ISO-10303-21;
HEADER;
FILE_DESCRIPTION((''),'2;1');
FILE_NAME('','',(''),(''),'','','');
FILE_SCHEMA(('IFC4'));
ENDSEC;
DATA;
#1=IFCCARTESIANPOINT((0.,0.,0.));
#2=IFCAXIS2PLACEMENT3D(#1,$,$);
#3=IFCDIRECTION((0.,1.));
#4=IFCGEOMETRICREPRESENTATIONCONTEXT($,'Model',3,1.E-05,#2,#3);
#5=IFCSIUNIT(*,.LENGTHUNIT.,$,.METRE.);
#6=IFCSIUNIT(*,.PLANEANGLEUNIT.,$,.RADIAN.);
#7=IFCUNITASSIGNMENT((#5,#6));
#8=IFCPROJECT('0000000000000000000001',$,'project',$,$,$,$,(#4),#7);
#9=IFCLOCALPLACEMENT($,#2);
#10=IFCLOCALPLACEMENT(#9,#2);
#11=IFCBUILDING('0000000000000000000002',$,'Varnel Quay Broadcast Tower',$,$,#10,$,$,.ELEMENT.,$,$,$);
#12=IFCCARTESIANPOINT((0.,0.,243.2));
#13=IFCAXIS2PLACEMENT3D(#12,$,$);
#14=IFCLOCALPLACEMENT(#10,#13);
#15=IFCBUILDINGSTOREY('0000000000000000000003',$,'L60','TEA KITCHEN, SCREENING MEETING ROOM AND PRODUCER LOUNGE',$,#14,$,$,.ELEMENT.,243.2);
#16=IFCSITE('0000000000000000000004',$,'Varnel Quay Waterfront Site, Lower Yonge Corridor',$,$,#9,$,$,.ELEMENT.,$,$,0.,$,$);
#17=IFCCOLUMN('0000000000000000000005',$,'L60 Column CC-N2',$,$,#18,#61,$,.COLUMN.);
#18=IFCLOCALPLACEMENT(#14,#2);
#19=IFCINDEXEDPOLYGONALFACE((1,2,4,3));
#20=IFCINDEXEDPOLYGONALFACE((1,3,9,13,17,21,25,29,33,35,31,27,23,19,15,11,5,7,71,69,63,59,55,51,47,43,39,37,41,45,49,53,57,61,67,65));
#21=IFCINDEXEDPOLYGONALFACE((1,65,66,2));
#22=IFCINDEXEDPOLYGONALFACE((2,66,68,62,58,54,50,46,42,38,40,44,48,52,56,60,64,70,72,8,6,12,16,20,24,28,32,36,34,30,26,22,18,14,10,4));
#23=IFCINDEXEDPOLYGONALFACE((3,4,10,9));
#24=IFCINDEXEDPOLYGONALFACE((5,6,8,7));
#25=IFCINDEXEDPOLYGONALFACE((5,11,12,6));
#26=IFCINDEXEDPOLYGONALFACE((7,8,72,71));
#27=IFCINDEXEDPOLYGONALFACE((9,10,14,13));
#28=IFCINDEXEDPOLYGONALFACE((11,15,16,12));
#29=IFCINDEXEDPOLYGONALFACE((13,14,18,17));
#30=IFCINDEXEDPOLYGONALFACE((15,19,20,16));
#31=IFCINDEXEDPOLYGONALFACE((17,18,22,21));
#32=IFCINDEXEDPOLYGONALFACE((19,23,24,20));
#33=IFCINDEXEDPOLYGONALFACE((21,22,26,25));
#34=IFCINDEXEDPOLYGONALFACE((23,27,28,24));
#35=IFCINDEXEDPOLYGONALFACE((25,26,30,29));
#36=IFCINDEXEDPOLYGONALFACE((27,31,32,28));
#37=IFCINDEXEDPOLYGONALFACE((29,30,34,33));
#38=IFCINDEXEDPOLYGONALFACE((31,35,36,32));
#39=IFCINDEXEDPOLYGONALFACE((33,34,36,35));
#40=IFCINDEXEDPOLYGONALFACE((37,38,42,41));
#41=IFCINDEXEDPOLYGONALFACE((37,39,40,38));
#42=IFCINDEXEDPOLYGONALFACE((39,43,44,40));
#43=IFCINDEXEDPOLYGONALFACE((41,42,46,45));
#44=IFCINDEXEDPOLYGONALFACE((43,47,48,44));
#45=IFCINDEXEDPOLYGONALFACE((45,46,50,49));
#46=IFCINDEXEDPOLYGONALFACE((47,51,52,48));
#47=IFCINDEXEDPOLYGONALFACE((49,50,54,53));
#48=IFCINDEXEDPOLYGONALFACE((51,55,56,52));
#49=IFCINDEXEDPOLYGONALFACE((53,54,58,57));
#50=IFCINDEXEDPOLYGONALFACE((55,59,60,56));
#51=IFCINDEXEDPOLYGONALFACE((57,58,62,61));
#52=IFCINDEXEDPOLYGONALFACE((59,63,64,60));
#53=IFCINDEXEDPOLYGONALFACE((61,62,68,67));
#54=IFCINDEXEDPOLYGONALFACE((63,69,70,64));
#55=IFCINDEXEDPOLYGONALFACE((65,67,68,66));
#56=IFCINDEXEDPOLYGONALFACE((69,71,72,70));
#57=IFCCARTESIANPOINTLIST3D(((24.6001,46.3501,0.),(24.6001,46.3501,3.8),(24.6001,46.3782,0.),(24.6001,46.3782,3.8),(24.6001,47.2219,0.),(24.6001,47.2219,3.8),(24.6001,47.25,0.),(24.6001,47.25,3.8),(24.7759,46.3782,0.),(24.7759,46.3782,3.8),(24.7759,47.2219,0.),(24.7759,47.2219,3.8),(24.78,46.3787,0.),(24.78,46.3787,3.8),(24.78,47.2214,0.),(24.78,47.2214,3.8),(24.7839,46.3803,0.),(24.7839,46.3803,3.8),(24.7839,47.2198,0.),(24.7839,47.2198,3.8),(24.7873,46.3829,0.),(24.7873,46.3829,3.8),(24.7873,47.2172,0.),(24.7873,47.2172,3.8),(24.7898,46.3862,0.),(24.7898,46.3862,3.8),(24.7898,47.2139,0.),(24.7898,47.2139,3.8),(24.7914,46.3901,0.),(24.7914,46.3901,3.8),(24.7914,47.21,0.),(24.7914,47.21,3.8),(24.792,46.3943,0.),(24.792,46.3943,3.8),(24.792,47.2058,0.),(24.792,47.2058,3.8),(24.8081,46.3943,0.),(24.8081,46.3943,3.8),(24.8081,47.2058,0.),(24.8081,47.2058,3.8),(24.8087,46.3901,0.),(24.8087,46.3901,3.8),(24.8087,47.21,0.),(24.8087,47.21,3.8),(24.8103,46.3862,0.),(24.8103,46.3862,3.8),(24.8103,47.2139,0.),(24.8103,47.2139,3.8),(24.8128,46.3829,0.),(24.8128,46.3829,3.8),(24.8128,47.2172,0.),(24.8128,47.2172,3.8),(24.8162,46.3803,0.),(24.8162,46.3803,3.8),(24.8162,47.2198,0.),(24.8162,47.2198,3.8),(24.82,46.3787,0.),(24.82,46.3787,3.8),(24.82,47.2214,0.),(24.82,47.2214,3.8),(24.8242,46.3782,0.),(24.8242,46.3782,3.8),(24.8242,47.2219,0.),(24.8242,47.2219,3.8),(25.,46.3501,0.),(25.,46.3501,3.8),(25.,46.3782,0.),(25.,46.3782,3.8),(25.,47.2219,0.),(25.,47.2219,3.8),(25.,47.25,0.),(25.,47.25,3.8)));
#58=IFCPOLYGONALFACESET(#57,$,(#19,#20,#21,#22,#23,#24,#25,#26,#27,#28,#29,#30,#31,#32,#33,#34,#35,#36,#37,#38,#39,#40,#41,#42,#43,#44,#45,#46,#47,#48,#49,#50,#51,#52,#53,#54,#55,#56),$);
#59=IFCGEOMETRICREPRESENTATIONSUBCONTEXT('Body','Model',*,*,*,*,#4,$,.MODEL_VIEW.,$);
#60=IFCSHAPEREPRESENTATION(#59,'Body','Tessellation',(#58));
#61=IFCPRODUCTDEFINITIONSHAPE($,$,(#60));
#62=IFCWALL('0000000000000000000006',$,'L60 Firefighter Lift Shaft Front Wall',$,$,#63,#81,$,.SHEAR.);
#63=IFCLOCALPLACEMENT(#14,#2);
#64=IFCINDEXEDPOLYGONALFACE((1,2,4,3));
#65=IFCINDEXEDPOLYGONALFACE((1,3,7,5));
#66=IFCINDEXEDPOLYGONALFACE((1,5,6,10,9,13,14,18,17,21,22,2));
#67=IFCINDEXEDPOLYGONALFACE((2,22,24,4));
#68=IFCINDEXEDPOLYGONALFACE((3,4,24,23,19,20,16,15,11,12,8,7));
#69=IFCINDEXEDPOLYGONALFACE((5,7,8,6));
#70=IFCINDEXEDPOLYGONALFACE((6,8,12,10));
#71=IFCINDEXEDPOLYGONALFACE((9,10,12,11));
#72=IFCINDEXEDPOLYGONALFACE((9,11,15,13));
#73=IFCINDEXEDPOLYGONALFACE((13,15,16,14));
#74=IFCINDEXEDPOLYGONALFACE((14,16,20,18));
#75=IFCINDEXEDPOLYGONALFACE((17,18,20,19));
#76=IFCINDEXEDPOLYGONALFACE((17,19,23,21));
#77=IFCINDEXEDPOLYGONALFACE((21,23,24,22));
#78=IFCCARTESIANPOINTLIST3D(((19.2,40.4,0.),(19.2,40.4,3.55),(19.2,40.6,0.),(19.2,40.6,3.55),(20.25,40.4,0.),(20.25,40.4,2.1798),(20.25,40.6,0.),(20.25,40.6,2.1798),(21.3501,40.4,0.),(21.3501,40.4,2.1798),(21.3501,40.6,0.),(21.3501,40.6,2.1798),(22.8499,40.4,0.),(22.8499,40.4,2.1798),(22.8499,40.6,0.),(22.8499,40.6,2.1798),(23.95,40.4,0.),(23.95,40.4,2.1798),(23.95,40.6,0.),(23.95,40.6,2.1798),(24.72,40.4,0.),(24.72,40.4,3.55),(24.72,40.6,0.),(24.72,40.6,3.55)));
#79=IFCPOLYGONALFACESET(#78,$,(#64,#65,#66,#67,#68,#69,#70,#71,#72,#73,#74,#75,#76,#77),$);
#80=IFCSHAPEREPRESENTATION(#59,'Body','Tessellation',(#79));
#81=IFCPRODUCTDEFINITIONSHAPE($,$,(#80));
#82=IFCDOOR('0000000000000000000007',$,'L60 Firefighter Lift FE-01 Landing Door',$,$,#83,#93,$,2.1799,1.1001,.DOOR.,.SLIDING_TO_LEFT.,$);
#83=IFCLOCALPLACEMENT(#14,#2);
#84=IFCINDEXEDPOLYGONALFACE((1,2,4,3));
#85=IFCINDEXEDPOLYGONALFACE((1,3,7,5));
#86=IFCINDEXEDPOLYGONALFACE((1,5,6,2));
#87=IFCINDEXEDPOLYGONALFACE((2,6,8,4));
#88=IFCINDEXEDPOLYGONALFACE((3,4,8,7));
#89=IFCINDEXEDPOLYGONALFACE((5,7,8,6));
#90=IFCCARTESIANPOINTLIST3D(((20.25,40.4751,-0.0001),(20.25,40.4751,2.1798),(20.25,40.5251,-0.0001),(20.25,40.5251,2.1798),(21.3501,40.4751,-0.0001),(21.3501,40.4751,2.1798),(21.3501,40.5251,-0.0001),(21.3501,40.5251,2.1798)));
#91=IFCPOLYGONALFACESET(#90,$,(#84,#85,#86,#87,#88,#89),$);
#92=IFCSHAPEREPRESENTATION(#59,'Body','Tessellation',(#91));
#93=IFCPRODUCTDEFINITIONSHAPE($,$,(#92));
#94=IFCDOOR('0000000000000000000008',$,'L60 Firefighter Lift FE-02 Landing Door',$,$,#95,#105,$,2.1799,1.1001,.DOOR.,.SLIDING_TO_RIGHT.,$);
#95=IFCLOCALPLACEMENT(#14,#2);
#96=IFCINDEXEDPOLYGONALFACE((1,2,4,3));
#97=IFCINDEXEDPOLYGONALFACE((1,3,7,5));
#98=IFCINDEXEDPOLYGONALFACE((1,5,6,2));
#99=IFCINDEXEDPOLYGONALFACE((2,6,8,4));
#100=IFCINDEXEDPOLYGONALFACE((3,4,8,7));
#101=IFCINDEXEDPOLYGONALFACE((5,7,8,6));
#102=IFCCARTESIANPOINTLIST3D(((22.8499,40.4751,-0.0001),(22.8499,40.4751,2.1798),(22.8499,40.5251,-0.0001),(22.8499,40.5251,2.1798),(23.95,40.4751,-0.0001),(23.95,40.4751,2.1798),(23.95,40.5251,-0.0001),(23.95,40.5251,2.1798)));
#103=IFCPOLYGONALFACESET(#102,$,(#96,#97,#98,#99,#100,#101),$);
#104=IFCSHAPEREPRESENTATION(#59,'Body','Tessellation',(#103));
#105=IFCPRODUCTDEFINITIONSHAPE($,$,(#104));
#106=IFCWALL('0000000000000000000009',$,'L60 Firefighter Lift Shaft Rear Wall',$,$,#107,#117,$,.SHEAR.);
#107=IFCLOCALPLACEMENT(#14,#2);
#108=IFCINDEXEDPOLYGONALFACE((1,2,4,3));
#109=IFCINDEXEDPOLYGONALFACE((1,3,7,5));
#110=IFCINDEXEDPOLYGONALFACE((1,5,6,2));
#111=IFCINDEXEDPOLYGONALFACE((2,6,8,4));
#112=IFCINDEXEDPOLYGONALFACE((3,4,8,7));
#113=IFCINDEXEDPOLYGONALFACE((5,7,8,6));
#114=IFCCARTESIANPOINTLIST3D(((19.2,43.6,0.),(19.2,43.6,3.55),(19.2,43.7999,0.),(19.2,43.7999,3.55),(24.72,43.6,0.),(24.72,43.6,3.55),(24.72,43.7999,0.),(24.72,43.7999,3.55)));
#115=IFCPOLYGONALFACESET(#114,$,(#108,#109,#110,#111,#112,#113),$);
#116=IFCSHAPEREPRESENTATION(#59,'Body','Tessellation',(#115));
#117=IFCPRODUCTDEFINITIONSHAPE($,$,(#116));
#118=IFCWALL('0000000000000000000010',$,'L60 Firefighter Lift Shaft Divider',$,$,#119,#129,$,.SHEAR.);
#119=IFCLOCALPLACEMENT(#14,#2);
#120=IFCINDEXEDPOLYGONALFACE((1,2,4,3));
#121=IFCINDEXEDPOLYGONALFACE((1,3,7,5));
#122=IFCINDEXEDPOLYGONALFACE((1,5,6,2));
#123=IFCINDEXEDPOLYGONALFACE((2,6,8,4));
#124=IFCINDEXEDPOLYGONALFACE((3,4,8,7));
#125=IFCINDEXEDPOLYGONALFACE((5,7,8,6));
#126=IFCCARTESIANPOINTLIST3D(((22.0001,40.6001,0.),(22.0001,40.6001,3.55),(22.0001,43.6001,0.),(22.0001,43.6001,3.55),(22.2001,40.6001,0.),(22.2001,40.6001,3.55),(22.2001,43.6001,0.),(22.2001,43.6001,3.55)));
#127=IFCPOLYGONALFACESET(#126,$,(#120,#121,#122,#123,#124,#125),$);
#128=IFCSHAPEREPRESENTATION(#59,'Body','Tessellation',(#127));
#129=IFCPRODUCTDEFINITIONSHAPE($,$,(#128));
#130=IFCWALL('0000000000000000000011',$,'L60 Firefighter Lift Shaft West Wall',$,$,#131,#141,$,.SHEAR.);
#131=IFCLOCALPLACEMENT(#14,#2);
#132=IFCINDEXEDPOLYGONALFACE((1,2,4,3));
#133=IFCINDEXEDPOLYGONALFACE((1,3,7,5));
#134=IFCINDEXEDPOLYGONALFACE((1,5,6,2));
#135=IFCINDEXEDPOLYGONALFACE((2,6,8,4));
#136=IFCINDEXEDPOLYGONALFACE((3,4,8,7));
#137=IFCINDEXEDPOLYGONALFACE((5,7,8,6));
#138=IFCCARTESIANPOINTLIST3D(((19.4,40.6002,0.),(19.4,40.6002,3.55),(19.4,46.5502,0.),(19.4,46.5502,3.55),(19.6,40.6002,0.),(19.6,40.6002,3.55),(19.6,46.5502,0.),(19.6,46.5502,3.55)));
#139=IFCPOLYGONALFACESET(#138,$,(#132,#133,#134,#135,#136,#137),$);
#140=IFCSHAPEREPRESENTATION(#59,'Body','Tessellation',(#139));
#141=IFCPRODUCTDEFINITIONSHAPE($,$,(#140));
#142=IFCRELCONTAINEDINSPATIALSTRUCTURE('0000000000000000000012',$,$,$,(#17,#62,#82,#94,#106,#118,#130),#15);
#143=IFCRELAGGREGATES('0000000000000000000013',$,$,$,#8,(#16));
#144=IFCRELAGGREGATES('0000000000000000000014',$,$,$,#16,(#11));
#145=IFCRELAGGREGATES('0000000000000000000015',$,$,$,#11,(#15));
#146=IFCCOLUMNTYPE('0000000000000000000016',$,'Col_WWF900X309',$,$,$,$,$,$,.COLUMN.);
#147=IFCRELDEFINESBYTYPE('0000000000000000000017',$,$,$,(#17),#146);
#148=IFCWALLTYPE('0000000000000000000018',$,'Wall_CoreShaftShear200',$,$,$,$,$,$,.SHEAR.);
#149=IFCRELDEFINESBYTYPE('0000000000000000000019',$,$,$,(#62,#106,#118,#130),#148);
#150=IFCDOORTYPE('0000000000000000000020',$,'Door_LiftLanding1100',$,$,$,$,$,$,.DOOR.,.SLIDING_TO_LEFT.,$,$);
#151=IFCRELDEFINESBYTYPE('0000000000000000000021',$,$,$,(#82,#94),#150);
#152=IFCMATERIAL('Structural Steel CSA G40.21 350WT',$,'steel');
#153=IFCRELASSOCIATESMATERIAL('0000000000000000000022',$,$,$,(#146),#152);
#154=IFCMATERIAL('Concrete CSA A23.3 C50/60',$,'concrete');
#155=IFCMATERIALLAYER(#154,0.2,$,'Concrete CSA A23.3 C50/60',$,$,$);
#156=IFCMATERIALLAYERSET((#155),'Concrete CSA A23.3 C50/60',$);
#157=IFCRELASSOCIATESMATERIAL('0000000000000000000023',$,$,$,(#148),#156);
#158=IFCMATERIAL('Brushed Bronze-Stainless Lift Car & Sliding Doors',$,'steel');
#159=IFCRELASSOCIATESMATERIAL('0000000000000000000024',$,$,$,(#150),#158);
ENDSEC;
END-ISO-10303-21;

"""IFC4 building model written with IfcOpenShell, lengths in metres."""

from ifc_helpers import new_model, si_unit, direction, frame, frame_2d, origin, origin_2d, place, context, subcontext, project, spatial, rectangle, i_section, extrude, source, transform, mapped, material, layer, layer_set, material_profile, profile_set, type_object, type_shapes, element, fill, save


model = new_model("IFC4")

# Units and contexts
model_context = context("Model", 3, precision=1e-05, world=origin(), true_north=direction((0.0, 1.0)))
body_context = subcontext(model_context, "Body", "Model", "MODEL_VIEW")
ifc_project = project(units=[si_unit("LENGTHUNIT", "METRE"), si_unit("PLANEANGLEUNIT", "RADIAN")], contexts=[model_context])

# Site, building, storey
site_placement = place(None, origin())
site = spatial("IfcSite", under=ifc_project, at=site_placement, Name="Varnel Quay Waterfront Site, Lower Yonge Corridor", CompositionType="ELEMENT", RefElevation=0.0)
building_placement = place(site_placement, origin())
building = spatial("IfcBuilding", under=site, at=building_placement, Name="Varnel Quay Broadcast Tower", CompositionType="ELEMENT")
storey_placement = place(building_placement, frame((0.0, 0.0, 243.2)))
storey = spatial("IfcBuildingStorey", under=building, at=storey_placement, Name="L60", Description="TEA KITCHEN, SCREENING MEETING ROOM AND PRODUCER LOUNGE", CompositionType="ELEMENT", Elevation=243.2)

# Column
ifc_material_1 = material(Name="Structural Steel CSA G40.21 350WT", Category="steel")
ifc_material_profile = material_profile(ifc_material_1, i_section(OverallWidth=0.3999, OverallDepth=0.8999, WebThickness=0.0161, FlangeThickness=0.0281, FilletRadius=0.0161, at=origin_2d()), Name="WWF900X309")
ifc_profile_set = profile_set([ifc_material_profile], Name="Structural Steel CSA G40.21 350WT")
column_type = type_object("IfcColumnType", Name="Col_WWF900X309", PredefinedType="COLUMN", material=ifc_profile_set)
shared_shape_1 = source(origin(), body_context, "Body", "SweptSolid", [
    extrude(i_section(OverallWidth=0.3999, OverallDepth=0.8999, WebThickness=0.0161, FlangeThickness=0.0281, FilletRadius=0.0161, at=origin_2d()), origin(), (0.0, 0.0, 1.0), 3.8),
])
type_shapes(column_type, [shared_shape_1])
column_placement = place(storey_placement, frame((24.8, 46.8, 0.0), z_axis=(0.0, 0.0, 1.0), x_axis=(1.0, 0.0, 0.0)))
element("IfcColumn", 1, at=column_placement, inside=storey, type_object=column_type, Name="L60 Column CC-N2", PredefinedType="COLUMN", context=body_context, shape_type="MappedRepresentation", body=[
    mapped(shared_shape_1, transform((0.0, 0.0, 0.0), x_axis=(1.0, 0.0, 0.0), y_axis=(0.0, 1.0, 0.0), z_axis=(0.0, 0.0, 1.0), scale=1.0)),
])

# Wall, openings, doors
ifc_material_2 = material(Name="Concrete CSA A23.3 C50/60", Category="concrete")
ifc_layer_1 = layer(ifc_material_2, 0.2, Name="Concrete CSA A23.3 C50/60")
ifc_layer_set_1 = layer_set([ifc_layer_1], Name="Concrete CSA A23.3 C50/60")
wall_type_1 = type_object("IfcWallType", Name="Wall_CoreShaftShear200", PredefinedType="SHEAR", material=ifc_layer_set_1)
wall_1_placement = place(storey_placement, frame((19.2, 40.5, 0.0), z_axis=(0.0, 0.0, 1.0), x_axis=(1.0, 0.0, 0.0)))
wall_1 = element("IfcWall", 2, at=wall_1_placement, inside=storey, type_object=wall_type_1, Name="L60 Firefighter Lift Shaft Front Wall", PredefinedType="SHEAR", context=body_context, shape_type="SweptSolid", body=[
    extrude(rectangle(XDim=5.52, YDim=0.2, at=frame_2d((2.76, 0.0))), origin(), (0.0, 0.0, 1.0), 3.55),
])
opening_1_placement = place(wall_1_placement, frame((1.05, 0.0, 0.0)))
opening_1 = element("IfcOpeningElement", 3, at=opening_1_placement, cuts=wall_1, PredefinedType="OPENING", context=body_context, shape_type="SweptSolid", body=[
    extrude(rectangle(XDim=1.1001, YDim=2.1799, at=frame_2d((0.55, 1.0898))), frame((0.0, 0.1099, 0.0), z_axis=(0.0, -1.0, 0.0), x_axis=(1.0, 0.0, 0.0)), (0.0, 0.0, 1.0), 0.22),
])
opening_2_placement = place(wall_1_placement, frame((3.6499, 0.0, 0.0)))
opening_2 = element("IfcOpeningElement", 4, at=opening_2_placement, cuts=wall_1, PredefinedType="OPENING", context=body_context, shape_type="SweptSolid", body=[
    extrude(rectangle(XDim=1.1001, YDim=2.1799, at=frame_2d((0.55, 1.0898))), frame((0.0, 0.1099, 0.0), z_axis=(0.0, -1.0, 0.0), x_axis=(1.0, 0.0, 0.0)), (0.0, 0.0, 1.0), 0.22),
])
ifc_material_3 = material(Name="Brushed Bronze-Stainless Lift Car & Sliding Doors", Category="steel")
door_type_1 = type_object("IfcDoorType", Name="Door_LiftLanding1100", OperationType="SLIDING_TO_LEFT", PredefinedType="DOOR", material=ifc_material_3)
shared_shape_2 = source(origin(), body_context, "Body", "SweptSolid", [
    extrude(rectangle(XDim=1.1001, YDim=2.1799, at=frame_2d((0.55, 1.0898))), frame((0.0, 0.0249, 0.0), z_axis=(0.0, -1.0, 0.0), x_axis=(1.0, 0.0, 0.0)), (0.0, 0.0, 1.0), 0.05),
])
type_shapes(door_type_1, [shared_shape_2])
door_1_placement = place(opening_1_placement, frame((1.1001, 0.0, 0.0), z_axis=(0.0, 0.0, 1.0), x_axis=(-1.0, 0.0, 0.0)))
door_1 = element("IfcDoor", 5, at=door_1_placement, inside=storey, type_object=door_type_1, Name="L60 Firefighter Lift FE-01 Landing Door", OperationType="SLIDING_TO_LEFT", OverallHeight=2.1799, OverallWidth=1.1001, PredefinedType="DOOR", context=body_context, shape_type="MappedRepresentation", body=[
    mapped(shared_shape_2, transform((0.0, 0.0, 0.0), x_axis=(1.0, 0.0, 0.0), y_axis=(0.0, 1.0, 0.0), z_axis=(0.0, 0.0, 1.0), scale=1.0)),
])
fill(opening_1, door_1)
door_2_placement = place(opening_2_placement, frame((1.1001, 0.0, 0.0), z_axis=(0.0, 0.0, 1.0), x_axis=(-1.0, 0.0, 0.0)))
door_2 = element("IfcDoor", 6, at=door_2_placement, inside=storey, type_object=door_type_1, Name="L60 Firefighter Lift FE-02 Landing Door", OperationType="SLIDING_TO_RIGHT", OverallHeight=2.1799, OverallWidth=1.1001, PredefinedType="DOOR", context=body_context, shape_type="MappedRepresentation", body=[
    mapped(shared_shape_2, transform((0.0, 0.0, 0.0), x_axis=(1.0, 0.0, 0.0), y_axis=(0.0, 1.0, 0.0), z_axis=(0.0, 0.0, 1.0), scale=1.0)),
])
fill(opening_2, door_2)

# Walls
wall_2_placement = place(storey_placement, frame((19.2, 43.7, 0.0), z_axis=(0.0, 0.0, 1.0), x_axis=(1.0, 0.0, 0.0)))
element("IfcWall", 7, at=wall_2_placement, inside=storey, type_object=wall_type_1, Name="L60 Firefighter Lift Shaft Rear Wall", PredefinedType="SHEAR", context=body_context, shape_type="SweptSolid", body=[
    extrude(rectangle(XDim=5.52, YDim=0.2, at=frame_2d((2.76, 0.0))), origin(), (0.0, 0.0, 1.0), 3.55),
])
wall_3_placement = place(storey_placement, frame((22.1001, 40.6001, 0.0), z_axis=(0.0, 0.0, 1.0), x_axis=(0.0, 1.0, 0.0)))
element("IfcWall", 8, at=wall_3_placement, inside=storey, type_object=wall_type_1, Name="L60 Firefighter Lift Shaft Divider", PredefinedType="SHEAR", context=body_context, shape_type="SweptSolid", body=[
    extrude(rectangle(XDim=3.0, YDim=0.2, at=frame_2d((1.5, 0.0))), origin(), (0.0, 0.0, 1.0), 3.55),
])
wall_4_placement = place(storey_placement, frame((19.5, 40.6001, 0.0), z_axis=(0.0, 0.0, 1.0), x_axis=(0.0, 1.0, 0.0)))
element("IfcWall", 9, at=wall_4_placement, inside=storey, type_object=wall_type_1, Name="L60 Firefighter Lift Shaft West Wall", PredefinedType="SHEAR", context=body_context, shape_type="SweptSolid", body=[
    extrude(rectangle(XDim=5.95, YDim=0.2, at=frame_2d((2.9751, 0.0))), origin(), (0.0, 0.0, 1.0), 3.55),
])

save(model, "model.ifc")
